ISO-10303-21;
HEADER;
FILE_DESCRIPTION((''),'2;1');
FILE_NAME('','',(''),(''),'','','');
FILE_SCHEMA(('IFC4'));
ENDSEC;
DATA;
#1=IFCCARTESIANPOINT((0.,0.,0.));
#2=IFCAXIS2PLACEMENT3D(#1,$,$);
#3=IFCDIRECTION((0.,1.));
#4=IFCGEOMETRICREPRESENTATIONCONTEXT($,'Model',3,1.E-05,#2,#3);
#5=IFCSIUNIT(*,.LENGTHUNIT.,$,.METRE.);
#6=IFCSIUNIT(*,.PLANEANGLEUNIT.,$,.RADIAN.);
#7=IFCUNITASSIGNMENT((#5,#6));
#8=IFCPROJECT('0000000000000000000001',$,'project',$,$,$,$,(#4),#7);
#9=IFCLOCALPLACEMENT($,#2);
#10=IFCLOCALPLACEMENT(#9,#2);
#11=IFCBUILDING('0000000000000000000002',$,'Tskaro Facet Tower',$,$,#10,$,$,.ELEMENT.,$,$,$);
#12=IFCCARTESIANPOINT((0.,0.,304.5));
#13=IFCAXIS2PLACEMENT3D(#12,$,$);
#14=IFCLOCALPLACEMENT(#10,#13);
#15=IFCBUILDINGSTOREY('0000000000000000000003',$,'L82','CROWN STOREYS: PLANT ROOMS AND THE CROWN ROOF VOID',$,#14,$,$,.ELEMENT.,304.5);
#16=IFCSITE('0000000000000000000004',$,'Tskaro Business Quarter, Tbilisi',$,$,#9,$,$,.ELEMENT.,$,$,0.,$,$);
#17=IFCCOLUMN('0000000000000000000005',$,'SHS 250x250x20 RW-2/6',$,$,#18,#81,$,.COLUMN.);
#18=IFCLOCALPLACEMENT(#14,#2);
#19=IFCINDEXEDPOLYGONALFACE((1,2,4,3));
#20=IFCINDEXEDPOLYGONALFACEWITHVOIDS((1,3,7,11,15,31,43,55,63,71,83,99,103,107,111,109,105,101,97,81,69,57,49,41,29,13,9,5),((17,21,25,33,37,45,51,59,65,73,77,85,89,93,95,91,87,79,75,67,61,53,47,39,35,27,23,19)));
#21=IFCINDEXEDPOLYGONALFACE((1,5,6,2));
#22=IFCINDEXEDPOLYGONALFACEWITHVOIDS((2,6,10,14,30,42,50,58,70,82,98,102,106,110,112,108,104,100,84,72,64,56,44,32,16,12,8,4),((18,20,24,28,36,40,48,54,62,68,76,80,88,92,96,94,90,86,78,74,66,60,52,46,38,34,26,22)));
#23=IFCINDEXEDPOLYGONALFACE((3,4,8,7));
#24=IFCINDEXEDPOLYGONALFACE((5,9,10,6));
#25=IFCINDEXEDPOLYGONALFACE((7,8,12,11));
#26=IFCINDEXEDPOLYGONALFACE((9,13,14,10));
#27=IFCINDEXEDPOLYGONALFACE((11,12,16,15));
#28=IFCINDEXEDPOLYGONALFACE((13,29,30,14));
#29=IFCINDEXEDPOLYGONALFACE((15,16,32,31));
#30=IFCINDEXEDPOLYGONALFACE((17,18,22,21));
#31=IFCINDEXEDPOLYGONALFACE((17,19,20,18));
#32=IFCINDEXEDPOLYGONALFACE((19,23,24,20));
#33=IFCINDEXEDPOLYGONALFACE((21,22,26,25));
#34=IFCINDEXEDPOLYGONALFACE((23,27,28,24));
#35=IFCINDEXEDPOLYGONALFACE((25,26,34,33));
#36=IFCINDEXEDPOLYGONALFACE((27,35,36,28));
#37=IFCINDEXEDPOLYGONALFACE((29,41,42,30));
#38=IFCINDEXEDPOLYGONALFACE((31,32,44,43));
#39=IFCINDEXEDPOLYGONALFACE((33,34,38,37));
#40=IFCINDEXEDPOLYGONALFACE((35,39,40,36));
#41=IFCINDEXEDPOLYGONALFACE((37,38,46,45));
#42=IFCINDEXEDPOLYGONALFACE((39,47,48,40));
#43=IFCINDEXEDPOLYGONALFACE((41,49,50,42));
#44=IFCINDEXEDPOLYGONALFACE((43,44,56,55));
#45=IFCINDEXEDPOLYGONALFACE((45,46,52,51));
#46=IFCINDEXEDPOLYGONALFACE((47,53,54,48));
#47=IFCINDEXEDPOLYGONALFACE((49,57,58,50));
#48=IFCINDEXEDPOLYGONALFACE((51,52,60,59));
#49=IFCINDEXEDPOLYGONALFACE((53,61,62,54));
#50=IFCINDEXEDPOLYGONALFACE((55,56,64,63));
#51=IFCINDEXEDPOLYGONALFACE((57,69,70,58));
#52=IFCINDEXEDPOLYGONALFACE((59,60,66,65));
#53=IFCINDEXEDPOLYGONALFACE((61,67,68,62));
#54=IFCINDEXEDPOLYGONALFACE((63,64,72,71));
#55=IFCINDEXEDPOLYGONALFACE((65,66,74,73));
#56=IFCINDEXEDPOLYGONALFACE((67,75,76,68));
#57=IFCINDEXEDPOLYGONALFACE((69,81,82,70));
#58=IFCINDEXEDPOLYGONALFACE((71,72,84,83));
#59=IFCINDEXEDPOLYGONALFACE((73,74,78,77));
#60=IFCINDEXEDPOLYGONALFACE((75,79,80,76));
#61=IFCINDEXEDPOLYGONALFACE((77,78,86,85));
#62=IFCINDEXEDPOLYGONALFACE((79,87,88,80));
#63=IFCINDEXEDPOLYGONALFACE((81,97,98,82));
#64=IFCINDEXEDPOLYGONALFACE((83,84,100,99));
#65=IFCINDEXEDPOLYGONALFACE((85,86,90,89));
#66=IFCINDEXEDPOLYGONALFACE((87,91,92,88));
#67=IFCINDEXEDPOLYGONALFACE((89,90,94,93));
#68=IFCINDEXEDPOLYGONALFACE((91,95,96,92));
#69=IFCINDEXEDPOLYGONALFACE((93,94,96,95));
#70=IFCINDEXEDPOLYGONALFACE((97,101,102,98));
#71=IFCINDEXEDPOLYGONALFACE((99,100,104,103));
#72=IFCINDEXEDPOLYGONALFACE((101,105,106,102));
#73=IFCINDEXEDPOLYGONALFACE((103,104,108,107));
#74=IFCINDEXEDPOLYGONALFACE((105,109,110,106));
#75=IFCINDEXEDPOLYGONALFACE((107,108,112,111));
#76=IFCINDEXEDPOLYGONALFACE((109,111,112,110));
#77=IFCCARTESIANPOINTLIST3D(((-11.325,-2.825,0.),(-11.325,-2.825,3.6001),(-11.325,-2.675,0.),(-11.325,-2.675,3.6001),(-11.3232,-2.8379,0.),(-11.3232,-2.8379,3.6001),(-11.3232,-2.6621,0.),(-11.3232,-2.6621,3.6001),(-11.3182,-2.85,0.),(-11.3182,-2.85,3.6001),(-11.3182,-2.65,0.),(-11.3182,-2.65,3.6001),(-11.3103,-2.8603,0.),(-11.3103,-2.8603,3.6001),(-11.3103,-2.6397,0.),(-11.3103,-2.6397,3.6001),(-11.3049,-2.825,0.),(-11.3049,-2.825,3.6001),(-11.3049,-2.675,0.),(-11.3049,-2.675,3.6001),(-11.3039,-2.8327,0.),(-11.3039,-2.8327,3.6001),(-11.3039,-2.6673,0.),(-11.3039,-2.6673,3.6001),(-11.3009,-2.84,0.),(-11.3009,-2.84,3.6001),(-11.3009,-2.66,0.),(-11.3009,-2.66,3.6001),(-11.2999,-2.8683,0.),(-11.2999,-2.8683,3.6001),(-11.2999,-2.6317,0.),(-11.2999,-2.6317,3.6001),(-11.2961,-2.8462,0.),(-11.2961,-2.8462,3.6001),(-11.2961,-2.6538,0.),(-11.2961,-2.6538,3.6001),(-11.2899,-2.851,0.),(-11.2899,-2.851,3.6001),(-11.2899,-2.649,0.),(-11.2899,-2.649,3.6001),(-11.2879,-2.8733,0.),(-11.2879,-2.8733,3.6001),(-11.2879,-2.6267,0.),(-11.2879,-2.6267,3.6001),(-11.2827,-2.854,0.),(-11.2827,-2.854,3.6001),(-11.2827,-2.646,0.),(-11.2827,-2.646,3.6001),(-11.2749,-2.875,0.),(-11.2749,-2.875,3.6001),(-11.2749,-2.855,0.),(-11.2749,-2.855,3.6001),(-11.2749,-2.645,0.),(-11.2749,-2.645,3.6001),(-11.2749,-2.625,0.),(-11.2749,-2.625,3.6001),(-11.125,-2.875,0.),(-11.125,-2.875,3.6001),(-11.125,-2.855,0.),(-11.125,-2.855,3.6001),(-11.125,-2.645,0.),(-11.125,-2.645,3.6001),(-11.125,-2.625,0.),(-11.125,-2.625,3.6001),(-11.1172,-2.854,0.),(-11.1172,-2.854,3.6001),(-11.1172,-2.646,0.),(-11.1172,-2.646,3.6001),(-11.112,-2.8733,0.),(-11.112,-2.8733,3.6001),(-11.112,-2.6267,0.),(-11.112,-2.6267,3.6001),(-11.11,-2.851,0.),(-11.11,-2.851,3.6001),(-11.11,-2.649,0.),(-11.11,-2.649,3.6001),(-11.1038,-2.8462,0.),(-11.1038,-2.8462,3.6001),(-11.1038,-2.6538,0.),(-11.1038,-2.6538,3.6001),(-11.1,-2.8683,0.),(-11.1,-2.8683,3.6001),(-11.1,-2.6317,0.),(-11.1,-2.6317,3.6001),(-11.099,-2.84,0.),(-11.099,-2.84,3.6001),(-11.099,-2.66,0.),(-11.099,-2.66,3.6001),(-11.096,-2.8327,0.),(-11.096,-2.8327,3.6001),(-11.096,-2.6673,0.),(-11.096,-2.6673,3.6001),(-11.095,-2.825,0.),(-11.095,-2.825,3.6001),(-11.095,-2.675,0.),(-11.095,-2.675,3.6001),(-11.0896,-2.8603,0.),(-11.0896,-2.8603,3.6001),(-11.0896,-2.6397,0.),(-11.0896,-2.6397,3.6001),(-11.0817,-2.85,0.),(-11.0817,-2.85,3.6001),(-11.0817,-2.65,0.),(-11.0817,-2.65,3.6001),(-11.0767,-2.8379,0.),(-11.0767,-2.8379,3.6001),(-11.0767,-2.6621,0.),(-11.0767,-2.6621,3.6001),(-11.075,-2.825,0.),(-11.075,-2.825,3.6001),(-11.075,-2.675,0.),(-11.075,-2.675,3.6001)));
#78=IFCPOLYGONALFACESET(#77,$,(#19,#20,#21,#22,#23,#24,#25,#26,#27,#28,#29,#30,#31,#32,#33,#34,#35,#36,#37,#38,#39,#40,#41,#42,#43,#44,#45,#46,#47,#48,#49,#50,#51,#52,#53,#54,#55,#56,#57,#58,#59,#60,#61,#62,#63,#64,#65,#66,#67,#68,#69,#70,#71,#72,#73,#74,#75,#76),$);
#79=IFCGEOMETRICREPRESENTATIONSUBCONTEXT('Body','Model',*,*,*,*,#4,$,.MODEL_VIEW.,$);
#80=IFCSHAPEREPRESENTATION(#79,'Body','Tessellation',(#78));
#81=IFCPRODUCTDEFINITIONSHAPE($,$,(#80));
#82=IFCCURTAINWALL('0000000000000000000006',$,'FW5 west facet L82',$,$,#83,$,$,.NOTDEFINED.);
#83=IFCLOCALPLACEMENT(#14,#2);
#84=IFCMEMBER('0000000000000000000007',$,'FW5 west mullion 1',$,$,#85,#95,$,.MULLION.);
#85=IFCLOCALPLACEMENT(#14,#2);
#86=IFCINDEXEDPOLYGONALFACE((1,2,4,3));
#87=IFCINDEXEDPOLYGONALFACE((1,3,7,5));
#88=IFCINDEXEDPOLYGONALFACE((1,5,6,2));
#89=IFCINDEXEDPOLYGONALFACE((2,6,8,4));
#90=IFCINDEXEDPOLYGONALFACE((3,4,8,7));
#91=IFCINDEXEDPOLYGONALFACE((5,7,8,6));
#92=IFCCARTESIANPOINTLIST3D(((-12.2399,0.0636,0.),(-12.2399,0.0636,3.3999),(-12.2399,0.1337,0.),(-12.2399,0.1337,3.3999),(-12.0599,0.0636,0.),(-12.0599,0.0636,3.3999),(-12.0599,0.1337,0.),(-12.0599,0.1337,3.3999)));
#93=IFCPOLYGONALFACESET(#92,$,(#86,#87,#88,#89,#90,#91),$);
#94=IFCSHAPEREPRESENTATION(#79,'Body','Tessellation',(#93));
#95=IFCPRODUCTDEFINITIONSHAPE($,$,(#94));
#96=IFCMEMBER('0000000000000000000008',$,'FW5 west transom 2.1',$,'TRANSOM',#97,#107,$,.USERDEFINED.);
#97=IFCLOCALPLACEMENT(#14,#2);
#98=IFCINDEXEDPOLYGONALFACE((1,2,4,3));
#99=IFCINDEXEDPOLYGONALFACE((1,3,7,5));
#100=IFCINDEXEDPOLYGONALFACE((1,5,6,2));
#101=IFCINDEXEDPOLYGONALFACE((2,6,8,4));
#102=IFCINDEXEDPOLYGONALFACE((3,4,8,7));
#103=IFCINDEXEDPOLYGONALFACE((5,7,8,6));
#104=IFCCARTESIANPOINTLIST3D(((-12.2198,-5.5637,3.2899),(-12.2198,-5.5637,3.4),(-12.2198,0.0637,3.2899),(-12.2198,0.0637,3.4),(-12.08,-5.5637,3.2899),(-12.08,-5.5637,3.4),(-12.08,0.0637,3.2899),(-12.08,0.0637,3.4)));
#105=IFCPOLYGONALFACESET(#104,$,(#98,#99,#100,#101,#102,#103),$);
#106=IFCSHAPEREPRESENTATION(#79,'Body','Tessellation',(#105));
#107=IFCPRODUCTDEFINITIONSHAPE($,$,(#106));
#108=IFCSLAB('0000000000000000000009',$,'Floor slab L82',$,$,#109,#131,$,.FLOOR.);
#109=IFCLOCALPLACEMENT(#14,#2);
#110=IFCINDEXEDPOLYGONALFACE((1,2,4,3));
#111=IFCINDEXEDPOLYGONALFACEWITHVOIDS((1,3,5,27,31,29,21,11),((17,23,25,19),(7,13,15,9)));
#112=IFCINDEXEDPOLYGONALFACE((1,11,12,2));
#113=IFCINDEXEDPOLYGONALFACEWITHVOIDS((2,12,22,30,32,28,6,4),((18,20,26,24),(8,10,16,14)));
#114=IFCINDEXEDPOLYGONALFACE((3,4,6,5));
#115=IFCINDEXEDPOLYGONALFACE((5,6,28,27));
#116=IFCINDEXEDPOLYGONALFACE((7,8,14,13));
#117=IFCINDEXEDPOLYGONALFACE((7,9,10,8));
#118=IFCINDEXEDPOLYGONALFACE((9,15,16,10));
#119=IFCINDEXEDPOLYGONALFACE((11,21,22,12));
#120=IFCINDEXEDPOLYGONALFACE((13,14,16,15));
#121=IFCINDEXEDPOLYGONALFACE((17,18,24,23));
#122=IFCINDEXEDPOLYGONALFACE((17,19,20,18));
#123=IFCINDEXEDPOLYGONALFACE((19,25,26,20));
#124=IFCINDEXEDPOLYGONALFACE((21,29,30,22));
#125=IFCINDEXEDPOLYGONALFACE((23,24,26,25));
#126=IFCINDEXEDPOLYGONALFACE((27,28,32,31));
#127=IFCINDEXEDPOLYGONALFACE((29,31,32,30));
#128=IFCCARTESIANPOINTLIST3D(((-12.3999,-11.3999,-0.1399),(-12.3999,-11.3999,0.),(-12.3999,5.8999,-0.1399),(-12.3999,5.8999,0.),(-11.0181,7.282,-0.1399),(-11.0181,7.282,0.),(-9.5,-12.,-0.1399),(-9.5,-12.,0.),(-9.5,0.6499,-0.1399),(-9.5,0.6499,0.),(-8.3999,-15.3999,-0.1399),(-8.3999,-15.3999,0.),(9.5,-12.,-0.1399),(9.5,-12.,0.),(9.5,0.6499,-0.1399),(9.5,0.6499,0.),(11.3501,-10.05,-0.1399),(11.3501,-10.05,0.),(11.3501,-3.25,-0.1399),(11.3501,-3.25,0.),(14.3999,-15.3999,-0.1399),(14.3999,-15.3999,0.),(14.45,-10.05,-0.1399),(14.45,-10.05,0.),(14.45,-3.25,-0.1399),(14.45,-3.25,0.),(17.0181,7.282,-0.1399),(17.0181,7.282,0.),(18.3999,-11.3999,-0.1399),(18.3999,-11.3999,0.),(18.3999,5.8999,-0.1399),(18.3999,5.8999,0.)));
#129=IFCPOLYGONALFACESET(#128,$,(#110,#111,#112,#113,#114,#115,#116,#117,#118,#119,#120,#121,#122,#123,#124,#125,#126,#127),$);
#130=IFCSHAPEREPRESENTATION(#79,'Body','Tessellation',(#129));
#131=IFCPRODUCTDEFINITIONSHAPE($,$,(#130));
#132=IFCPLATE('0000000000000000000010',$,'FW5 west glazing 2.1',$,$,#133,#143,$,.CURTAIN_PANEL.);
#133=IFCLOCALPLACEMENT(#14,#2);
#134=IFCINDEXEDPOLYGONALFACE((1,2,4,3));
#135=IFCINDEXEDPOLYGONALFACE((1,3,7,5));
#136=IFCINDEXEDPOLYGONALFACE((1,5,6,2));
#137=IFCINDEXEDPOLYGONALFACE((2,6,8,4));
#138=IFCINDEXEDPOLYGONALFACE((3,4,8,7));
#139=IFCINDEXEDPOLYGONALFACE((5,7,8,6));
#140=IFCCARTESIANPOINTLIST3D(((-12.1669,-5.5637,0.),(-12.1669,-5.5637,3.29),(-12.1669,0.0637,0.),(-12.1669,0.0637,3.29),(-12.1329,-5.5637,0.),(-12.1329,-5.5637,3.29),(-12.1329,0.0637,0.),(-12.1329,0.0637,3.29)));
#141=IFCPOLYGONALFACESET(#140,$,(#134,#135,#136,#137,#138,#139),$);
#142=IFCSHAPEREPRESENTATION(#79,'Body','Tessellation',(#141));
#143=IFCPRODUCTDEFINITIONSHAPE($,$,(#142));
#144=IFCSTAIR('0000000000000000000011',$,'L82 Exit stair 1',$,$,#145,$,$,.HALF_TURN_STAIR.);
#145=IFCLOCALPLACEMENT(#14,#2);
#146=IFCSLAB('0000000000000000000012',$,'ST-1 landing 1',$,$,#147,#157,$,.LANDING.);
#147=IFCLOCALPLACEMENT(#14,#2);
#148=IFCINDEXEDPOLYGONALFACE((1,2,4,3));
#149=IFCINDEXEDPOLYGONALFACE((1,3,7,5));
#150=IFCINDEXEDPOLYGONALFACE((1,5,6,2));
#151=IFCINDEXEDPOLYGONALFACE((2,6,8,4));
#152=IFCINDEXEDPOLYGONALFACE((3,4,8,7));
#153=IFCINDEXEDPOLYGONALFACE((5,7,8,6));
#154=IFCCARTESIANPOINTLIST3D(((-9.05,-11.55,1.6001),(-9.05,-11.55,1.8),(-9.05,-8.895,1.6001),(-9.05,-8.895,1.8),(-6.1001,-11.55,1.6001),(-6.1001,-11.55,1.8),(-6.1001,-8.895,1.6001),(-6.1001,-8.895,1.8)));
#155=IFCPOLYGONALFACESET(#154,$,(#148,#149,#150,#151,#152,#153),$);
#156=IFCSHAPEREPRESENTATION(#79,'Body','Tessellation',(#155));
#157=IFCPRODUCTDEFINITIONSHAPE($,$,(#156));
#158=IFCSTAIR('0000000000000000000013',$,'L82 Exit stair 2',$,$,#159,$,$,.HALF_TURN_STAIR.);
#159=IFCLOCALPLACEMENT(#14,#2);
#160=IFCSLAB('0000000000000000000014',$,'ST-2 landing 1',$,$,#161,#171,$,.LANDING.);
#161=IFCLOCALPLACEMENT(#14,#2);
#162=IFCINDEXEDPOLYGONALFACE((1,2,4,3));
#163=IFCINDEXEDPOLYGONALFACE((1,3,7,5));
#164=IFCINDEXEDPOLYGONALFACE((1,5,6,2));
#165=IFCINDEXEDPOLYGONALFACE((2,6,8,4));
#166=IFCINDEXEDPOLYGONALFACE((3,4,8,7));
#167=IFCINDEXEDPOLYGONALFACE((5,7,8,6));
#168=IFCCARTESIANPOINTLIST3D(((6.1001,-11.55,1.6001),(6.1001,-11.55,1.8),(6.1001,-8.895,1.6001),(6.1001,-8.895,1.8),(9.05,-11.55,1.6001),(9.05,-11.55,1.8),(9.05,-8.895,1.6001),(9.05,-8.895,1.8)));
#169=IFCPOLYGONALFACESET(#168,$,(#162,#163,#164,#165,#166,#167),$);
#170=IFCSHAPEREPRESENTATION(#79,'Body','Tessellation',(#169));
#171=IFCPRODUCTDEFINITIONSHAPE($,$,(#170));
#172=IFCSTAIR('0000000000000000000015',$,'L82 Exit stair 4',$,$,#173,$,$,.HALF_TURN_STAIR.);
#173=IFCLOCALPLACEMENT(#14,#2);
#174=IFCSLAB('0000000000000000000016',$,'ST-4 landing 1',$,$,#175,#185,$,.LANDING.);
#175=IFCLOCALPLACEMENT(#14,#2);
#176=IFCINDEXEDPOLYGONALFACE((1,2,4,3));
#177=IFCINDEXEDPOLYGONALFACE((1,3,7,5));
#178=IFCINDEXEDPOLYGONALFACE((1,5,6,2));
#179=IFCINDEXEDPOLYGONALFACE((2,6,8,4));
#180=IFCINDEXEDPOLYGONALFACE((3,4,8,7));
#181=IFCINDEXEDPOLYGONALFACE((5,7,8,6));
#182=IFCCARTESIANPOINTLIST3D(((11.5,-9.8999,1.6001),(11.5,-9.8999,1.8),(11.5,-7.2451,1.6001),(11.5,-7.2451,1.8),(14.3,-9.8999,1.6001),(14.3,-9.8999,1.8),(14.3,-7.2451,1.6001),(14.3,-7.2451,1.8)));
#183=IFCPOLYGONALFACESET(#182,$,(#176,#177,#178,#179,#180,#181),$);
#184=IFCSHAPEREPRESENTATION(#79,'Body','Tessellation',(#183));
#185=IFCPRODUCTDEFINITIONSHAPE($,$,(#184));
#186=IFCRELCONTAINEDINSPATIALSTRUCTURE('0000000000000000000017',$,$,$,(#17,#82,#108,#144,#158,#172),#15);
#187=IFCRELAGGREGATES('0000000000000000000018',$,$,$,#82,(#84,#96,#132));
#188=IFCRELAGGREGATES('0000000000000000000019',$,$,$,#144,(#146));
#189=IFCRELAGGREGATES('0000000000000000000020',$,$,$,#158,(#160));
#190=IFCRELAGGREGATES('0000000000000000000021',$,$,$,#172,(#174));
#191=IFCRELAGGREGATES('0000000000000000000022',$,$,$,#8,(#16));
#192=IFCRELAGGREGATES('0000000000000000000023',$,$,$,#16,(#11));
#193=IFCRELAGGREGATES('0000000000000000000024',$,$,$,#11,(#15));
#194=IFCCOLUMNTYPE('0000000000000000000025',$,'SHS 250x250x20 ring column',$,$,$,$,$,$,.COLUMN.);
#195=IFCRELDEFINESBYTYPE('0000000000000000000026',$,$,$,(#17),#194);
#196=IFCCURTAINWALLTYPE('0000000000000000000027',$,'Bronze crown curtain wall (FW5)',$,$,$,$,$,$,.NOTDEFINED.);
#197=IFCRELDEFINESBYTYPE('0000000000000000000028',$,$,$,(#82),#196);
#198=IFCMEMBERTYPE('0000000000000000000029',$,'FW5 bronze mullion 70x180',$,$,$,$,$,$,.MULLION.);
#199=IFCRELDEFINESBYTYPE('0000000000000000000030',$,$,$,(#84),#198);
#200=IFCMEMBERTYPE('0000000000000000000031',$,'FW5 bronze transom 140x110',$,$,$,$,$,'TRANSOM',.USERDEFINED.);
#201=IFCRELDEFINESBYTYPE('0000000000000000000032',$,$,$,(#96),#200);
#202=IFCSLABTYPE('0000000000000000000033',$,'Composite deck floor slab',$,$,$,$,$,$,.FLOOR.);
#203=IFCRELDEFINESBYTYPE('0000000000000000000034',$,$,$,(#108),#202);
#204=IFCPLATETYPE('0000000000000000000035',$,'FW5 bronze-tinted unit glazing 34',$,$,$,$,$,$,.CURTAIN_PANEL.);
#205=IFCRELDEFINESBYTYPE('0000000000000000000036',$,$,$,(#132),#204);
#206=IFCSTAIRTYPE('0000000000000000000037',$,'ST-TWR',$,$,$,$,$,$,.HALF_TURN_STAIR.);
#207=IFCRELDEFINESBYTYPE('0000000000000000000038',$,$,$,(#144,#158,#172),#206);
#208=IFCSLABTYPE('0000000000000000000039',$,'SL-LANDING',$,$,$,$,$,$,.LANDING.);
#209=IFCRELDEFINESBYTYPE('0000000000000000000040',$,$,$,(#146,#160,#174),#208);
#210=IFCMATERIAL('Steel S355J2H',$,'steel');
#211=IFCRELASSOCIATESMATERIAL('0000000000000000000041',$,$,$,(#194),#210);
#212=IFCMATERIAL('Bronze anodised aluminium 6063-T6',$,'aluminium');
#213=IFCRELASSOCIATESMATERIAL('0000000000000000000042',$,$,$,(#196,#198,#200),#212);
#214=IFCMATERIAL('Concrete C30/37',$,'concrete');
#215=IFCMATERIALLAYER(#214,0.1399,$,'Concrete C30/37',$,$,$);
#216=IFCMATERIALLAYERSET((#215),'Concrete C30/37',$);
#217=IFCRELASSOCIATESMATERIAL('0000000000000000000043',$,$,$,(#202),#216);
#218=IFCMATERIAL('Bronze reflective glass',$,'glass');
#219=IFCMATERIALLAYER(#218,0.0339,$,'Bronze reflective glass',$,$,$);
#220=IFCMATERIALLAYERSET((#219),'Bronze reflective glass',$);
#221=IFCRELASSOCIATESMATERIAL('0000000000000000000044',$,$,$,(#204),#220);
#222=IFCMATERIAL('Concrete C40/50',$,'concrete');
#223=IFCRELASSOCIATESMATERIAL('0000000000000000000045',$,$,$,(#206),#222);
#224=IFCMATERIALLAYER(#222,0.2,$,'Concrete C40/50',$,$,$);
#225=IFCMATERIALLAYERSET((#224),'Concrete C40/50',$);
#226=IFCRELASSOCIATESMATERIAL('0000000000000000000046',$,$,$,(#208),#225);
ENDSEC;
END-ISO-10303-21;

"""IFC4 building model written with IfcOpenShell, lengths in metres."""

from ifc_helpers import new_model, si_unit, direction, frame, origin, origin_2d, place, context, subcontext, project, spatial, polyline, rectangle, hollow_rectangle, outline, extrude, material, layer, layer_set, material_profile, profile_set, type_object, element, aggregate, save


model = new_model("IFC4")

# Units and contexts
model_context = context("Model", 3, precision=1e-05, world=origin(), true_north=direction((0.0, 1.0)))
body_context = subcontext(model_context, "Body", "Model", "MODEL_VIEW")
ifc_project = project(units=[si_unit("LENGTHUNIT", "METRE"), si_unit("PLANEANGLEUNIT", "RADIAN")], contexts=[model_context])

# Site, building, storey
site_placement = place(None, origin())
site = spatial("IfcSite", under=ifc_project, at=site_placement, Name="Tskaro Business Quarter, Tbilisi", CompositionType="ELEMENT", RefElevation=0.0)
building_placement = place(site_placement, origin())
building = spatial("IfcBuilding", under=site, at=building_placement, Name="Tskaro Facet Tower", CompositionType="ELEMENT")
storey_placement = place(building_placement, frame((0.0, 0.0, 304.5)))
storey = spatial("IfcBuildingStorey", under=building, at=storey_placement, Name="L82", Description="CROWN STOREYS: PLANT ROOMS AND THE CROWN ROOF VOID", CompositionType="ELEMENT", Elevation=304.5)

# Column
ifc_material_1 = material(Name="Steel S355J2H", Category="steel")
ifc_material_profile_1 = material_profile(ifc_material_1, hollow_rectangle(XDim=0.25, YDim=0.25, WallThickness=0.02, InnerFilletRadius=0.03, OuterFilletRadius=0.05, at=origin_2d()), Name="SHS 250x250x20")
ifc_profile_set_1 = profile_set([ifc_material_profile_1], Name="Steel S355J2H")
column_type = type_object("IfcColumnType", Name="SHS 250x250x20 ring column", PredefinedType="COLUMN", material=ifc_profile_set_1)
column_placement = place(storey_placement, frame((-11.2, -2.75, 0.0), z_axis=(0.0, 0.0, 1.0), x_axis=(1.0, 0.0, 0.0)))
element("IfcColumn", 1, at=column_placement, inside=storey, type_object=column_type, Name="SHS 250x250x20 RW-2/6", PredefinedType="COLUMN", context=body_context, shape_type="SweptSolid", body=[
    extrude(hollow_rectangle(XDim=0.25, YDim=0.25, WallThickness=0.02, InnerFilletRadius=0.03, OuterFilletRadius=0.05, at=origin_2d()), origin(), (0.0, 0.0, 1.0), 3.6001),
])

# Curtain wall, members
ifc_material_2 = material(Name="Bronze anodised aluminium 6063-T6", Category="aluminium")
curtain_wall_type = type_object("IfcCurtainWallType", Name="Bronze crown curtain wall (FW5)", PredefinedType="NOTDEFINED", material=ifc_material_2)
curtain_wall_placement = place(storey_placement, origin())
curtain_wall = element("IfcCurtainWall", 2, at=curtain_wall_placement, inside=storey, type_object=curtain_wall_type, Name="FW5 west facet L82", PredefinedType="NOTDEFINED")
ifc_material_profile_2 = material_profile(ifc_material_2, rectangle(XDim=0.0701, YDim=0.1799, at=origin_2d()), Name="Mullion 70x180")
ifc_profile_set_2 = profile_set([ifc_material_profile_2], Name="Bronze anodised aluminium 6063-T6")
member_type_1 = type_object("IfcMemberType", Name="FW5 bronze mullion 70x180", PredefinedType="MULLION", material=ifc_profile_set_2)
member_1_placement = place(storey_placement, frame((-12.1499, 0.0986, 0.0), z_axis=(0.0, 0.0, 1.0), x_axis=(0.0, -1.0, 0.0)))
member_1 = element("IfcMember", 3, at=member_1_placement, type_object=member_type_1, Name="FW5 west mullion 1", PredefinedType="MULLION", context=body_context, shape_type="SweptSolid", body=[
    extrude(rectangle(XDim=0.0701, YDim=0.1799, at=origin_2d()), origin(), (0.0, 0.0, 1.0), 3.3999),
])
ifc_material_profile_3 = material_profile(ifc_material_2, rectangle(XDim=0.1399, YDim=0.1101, at=origin_2d()), Name="Transom 140x110")
ifc_profile_set_3 = profile_set([ifc_material_profile_3], Name="Bronze anodised aluminium 6063-T6")
member_type_2 = type_object("IfcMemberType", Name="FW5 bronze transom 140x110", ElementType="TRANSOM", PredefinedType="USERDEFINED", material=ifc_profile_set_3)
member_2_placement = place(storey_placement, frame((-12.1499, 0.0637, 3.345), z_axis=(0.0, -1.0, 0.0), x_axis=(1.0, 0.0, 0.0)))
member_2 = element("IfcMember", 4, at=member_2_placement, type_object=member_type_2, Name="FW5 west transom 2.1", ObjectType="TRANSOM", PredefinedType="USERDEFINED", context=body_context, shape_type="SweptSolid", body=[
    extrude(rectangle(XDim=0.1399, YDim=0.1101, at=origin_2d()), origin(), (0.0, 0.0, 1.0), 5.6274),
])

# Slab
ifc_material_3 = material(Name="Concrete C30/37", Category="concrete")
ifc_layer_1 = layer(ifc_material_3, 0.1399, Name="Concrete C30/37")
ifc_layer_set_1 = layer_set([ifc_layer_1], Name="Concrete C30/37")
slab_type_1 = type_object("IfcSlabType", Name="Composite deck floor slab", PredefinedType="FLOOR", material=ifc_layer_set_1)
slab_1_placement = place(storey_placement, frame((0.0, 0.0, -0.1399)))
element("IfcSlab", 5, at=slab_1_placement, inside=storey, type_object=slab_type_1, Name="Floor slab L82", PredefinedType="FLOOR", context=body_context, shape_type="SweptSolid", body=[
    extrude(outline(polyline([(-12.3999, 5.8999), (-11.0181, 7.282), (17.0181, 7.282), (18.3999, 5.8999), (18.3999, -11.3999), (14.3999, -15.3999), (-8.3999, -15.3999), (-12.3999, -11.3999), (-12.3999, 5.8999)]), holes=[polyline([(9.5, 0.6499), (-9.5, 0.6499), (-9.5, -12.0), (9.5, -12.0), (9.5, 0.6499)]), polyline([(14.45, -10.05), (14.45, -3.25), (11.3501, -3.25), (11.3501, -10.05), (14.45, -10.05)])]), origin(), (0.0, 0.0, 1.0), 0.1399),
])

# Plate
ifc_material_4 = material(Name="Bronze reflective glass", Category="glass")
ifc_layer_2 = layer(ifc_material_4, 0.0339, Name="Bronze reflective glass")
ifc_layer_set_2 = layer_set([ifc_layer_2], Name="Bronze reflective glass")
plate_type = type_object("IfcPlateType", Name="FW5 bronze-tinted unit glazing 34", PredefinedType="CURTAIN_PANEL", material=ifc_layer_set_2)
plate_placement = place(storey_placement, frame((-12.1499, -2.75, 0.0), z_axis=(0.0, 0.0, 1.0), x_axis=(0.0, -1.0, 0.0)))
plate = element("IfcPlate", 6, at=plate_placement, type_object=plate_type, Name="FW5 west glazing 2.1", PredefinedType="CURTAIN_PANEL", context=body_context, shape_type="SweptSolid", body=[
    extrude(rectangle(XDim=5.6274, YDim=0.0339, at=origin_2d()), origin(), (0.0, 0.0, 1.0), 3.29),
])
aggregate(curtain_wall, [member_1, member_2, plate])

# Stairs, slabs
ifc_material_5 = material(Name="Concrete C40/50", Category="concrete")
stair_type = type_object("IfcStairType", Name="ST-TWR", PredefinedType="HALF_TURN_STAIR", material=ifc_material_5)
stair_1_placement = place(storey_placement, origin())
stair_1 = element("IfcStair", 7, at=stair_1_placement, inside=storey, type_object=stair_type, Name="L82 Exit stair 1", PredefinedType="HALF_TURN_STAIR")
ifc_layer_3 = layer(ifc_material_5, 0.2, Name="Concrete C40/50")
ifc_layer_set_3 = layer_set([ifc_layer_3], Name="Concrete C40/50")
slab_type_2 = type_object("IfcSlabType", Name="SL-LANDING", PredefinedType="LANDING", material=ifc_layer_set_3)
slab_2_placement = place(storey_placement, frame((0.0, 0.0, 1.6001)))
slab_2 = element("IfcSlab", 8, at=slab_2_placement, type_object=slab_type_2, Name="ST-1 landing 1", PredefinedType="LANDING", context=body_context, shape_type="SweptSolid", body=[
    extrude(outline(polyline([(-9.05, -11.55), (-6.1001, -11.55), (-6.1001, -8.895), (-9.05, -8.895), (-9.05, -11.55)])), origin(), (0.0, 0.0, 1.0), 0.2),
])
aggregate(stair_1, [slab_2])
stair_2_placement = place(storey_placement, origin())
stair_2 = element("IfcStair", 9, at=stair_2_placement, inside=storey, type_object=stair_type, Name="L82 Exit stair 2", PredefinedType="HALF_TURN_STAIR")
slab_3_placement = place(storey_placement, frame((0.0, 0.0, 1.6001)))
slab_3 = element("IfcSlab", 10, at=slab_3_placement, type_object=slab_type_2, Name="ST-2 landing 1", PredefinedType="LANDING", context=body_context, shape_type="SweptSolid", body=[
    extrude(outline(polyline([(6.1001, -11.55), (9.05, -11.55), (9.05, -8.895), (6.1001, -8.895), (6.1001, -11.55)])), origin(), (0.0, 0.0, 1.0), 0.2),
])
aggregate(stair_2, [slab_3])
stair_3_placement = place(storey_placement, origin())
stair_3 = element("IfcStair", 11, at=stair_3_placement, inside=storey, type_object=stair_type, Name="L82 Exit stair 4", PredefinedType="HALF_TURN_STAIR")
slab_4_placement = place(storey_placement, frame((0.0, 0.0, 1.6001)))
slab_4 = element("IfcSlab", 12, at=slab_4_placement, type_object=slab_type_2, Name="ST-4 landing 1", PredefinedType="LANDING", context=body_context, shape_type="SweptSolid", body=[
    extrude(outline(polyline([(11.5, -9.8999), (14.3, -9.8999), (14.3, -7.2451), (11.5, -7.2451), (11.5, -9.8999)])), origin(), (0.0, 0.0, 1.0), 0.2),
])
aggregate(stair_3, [slab_4])

save(model, "model.ifc")
